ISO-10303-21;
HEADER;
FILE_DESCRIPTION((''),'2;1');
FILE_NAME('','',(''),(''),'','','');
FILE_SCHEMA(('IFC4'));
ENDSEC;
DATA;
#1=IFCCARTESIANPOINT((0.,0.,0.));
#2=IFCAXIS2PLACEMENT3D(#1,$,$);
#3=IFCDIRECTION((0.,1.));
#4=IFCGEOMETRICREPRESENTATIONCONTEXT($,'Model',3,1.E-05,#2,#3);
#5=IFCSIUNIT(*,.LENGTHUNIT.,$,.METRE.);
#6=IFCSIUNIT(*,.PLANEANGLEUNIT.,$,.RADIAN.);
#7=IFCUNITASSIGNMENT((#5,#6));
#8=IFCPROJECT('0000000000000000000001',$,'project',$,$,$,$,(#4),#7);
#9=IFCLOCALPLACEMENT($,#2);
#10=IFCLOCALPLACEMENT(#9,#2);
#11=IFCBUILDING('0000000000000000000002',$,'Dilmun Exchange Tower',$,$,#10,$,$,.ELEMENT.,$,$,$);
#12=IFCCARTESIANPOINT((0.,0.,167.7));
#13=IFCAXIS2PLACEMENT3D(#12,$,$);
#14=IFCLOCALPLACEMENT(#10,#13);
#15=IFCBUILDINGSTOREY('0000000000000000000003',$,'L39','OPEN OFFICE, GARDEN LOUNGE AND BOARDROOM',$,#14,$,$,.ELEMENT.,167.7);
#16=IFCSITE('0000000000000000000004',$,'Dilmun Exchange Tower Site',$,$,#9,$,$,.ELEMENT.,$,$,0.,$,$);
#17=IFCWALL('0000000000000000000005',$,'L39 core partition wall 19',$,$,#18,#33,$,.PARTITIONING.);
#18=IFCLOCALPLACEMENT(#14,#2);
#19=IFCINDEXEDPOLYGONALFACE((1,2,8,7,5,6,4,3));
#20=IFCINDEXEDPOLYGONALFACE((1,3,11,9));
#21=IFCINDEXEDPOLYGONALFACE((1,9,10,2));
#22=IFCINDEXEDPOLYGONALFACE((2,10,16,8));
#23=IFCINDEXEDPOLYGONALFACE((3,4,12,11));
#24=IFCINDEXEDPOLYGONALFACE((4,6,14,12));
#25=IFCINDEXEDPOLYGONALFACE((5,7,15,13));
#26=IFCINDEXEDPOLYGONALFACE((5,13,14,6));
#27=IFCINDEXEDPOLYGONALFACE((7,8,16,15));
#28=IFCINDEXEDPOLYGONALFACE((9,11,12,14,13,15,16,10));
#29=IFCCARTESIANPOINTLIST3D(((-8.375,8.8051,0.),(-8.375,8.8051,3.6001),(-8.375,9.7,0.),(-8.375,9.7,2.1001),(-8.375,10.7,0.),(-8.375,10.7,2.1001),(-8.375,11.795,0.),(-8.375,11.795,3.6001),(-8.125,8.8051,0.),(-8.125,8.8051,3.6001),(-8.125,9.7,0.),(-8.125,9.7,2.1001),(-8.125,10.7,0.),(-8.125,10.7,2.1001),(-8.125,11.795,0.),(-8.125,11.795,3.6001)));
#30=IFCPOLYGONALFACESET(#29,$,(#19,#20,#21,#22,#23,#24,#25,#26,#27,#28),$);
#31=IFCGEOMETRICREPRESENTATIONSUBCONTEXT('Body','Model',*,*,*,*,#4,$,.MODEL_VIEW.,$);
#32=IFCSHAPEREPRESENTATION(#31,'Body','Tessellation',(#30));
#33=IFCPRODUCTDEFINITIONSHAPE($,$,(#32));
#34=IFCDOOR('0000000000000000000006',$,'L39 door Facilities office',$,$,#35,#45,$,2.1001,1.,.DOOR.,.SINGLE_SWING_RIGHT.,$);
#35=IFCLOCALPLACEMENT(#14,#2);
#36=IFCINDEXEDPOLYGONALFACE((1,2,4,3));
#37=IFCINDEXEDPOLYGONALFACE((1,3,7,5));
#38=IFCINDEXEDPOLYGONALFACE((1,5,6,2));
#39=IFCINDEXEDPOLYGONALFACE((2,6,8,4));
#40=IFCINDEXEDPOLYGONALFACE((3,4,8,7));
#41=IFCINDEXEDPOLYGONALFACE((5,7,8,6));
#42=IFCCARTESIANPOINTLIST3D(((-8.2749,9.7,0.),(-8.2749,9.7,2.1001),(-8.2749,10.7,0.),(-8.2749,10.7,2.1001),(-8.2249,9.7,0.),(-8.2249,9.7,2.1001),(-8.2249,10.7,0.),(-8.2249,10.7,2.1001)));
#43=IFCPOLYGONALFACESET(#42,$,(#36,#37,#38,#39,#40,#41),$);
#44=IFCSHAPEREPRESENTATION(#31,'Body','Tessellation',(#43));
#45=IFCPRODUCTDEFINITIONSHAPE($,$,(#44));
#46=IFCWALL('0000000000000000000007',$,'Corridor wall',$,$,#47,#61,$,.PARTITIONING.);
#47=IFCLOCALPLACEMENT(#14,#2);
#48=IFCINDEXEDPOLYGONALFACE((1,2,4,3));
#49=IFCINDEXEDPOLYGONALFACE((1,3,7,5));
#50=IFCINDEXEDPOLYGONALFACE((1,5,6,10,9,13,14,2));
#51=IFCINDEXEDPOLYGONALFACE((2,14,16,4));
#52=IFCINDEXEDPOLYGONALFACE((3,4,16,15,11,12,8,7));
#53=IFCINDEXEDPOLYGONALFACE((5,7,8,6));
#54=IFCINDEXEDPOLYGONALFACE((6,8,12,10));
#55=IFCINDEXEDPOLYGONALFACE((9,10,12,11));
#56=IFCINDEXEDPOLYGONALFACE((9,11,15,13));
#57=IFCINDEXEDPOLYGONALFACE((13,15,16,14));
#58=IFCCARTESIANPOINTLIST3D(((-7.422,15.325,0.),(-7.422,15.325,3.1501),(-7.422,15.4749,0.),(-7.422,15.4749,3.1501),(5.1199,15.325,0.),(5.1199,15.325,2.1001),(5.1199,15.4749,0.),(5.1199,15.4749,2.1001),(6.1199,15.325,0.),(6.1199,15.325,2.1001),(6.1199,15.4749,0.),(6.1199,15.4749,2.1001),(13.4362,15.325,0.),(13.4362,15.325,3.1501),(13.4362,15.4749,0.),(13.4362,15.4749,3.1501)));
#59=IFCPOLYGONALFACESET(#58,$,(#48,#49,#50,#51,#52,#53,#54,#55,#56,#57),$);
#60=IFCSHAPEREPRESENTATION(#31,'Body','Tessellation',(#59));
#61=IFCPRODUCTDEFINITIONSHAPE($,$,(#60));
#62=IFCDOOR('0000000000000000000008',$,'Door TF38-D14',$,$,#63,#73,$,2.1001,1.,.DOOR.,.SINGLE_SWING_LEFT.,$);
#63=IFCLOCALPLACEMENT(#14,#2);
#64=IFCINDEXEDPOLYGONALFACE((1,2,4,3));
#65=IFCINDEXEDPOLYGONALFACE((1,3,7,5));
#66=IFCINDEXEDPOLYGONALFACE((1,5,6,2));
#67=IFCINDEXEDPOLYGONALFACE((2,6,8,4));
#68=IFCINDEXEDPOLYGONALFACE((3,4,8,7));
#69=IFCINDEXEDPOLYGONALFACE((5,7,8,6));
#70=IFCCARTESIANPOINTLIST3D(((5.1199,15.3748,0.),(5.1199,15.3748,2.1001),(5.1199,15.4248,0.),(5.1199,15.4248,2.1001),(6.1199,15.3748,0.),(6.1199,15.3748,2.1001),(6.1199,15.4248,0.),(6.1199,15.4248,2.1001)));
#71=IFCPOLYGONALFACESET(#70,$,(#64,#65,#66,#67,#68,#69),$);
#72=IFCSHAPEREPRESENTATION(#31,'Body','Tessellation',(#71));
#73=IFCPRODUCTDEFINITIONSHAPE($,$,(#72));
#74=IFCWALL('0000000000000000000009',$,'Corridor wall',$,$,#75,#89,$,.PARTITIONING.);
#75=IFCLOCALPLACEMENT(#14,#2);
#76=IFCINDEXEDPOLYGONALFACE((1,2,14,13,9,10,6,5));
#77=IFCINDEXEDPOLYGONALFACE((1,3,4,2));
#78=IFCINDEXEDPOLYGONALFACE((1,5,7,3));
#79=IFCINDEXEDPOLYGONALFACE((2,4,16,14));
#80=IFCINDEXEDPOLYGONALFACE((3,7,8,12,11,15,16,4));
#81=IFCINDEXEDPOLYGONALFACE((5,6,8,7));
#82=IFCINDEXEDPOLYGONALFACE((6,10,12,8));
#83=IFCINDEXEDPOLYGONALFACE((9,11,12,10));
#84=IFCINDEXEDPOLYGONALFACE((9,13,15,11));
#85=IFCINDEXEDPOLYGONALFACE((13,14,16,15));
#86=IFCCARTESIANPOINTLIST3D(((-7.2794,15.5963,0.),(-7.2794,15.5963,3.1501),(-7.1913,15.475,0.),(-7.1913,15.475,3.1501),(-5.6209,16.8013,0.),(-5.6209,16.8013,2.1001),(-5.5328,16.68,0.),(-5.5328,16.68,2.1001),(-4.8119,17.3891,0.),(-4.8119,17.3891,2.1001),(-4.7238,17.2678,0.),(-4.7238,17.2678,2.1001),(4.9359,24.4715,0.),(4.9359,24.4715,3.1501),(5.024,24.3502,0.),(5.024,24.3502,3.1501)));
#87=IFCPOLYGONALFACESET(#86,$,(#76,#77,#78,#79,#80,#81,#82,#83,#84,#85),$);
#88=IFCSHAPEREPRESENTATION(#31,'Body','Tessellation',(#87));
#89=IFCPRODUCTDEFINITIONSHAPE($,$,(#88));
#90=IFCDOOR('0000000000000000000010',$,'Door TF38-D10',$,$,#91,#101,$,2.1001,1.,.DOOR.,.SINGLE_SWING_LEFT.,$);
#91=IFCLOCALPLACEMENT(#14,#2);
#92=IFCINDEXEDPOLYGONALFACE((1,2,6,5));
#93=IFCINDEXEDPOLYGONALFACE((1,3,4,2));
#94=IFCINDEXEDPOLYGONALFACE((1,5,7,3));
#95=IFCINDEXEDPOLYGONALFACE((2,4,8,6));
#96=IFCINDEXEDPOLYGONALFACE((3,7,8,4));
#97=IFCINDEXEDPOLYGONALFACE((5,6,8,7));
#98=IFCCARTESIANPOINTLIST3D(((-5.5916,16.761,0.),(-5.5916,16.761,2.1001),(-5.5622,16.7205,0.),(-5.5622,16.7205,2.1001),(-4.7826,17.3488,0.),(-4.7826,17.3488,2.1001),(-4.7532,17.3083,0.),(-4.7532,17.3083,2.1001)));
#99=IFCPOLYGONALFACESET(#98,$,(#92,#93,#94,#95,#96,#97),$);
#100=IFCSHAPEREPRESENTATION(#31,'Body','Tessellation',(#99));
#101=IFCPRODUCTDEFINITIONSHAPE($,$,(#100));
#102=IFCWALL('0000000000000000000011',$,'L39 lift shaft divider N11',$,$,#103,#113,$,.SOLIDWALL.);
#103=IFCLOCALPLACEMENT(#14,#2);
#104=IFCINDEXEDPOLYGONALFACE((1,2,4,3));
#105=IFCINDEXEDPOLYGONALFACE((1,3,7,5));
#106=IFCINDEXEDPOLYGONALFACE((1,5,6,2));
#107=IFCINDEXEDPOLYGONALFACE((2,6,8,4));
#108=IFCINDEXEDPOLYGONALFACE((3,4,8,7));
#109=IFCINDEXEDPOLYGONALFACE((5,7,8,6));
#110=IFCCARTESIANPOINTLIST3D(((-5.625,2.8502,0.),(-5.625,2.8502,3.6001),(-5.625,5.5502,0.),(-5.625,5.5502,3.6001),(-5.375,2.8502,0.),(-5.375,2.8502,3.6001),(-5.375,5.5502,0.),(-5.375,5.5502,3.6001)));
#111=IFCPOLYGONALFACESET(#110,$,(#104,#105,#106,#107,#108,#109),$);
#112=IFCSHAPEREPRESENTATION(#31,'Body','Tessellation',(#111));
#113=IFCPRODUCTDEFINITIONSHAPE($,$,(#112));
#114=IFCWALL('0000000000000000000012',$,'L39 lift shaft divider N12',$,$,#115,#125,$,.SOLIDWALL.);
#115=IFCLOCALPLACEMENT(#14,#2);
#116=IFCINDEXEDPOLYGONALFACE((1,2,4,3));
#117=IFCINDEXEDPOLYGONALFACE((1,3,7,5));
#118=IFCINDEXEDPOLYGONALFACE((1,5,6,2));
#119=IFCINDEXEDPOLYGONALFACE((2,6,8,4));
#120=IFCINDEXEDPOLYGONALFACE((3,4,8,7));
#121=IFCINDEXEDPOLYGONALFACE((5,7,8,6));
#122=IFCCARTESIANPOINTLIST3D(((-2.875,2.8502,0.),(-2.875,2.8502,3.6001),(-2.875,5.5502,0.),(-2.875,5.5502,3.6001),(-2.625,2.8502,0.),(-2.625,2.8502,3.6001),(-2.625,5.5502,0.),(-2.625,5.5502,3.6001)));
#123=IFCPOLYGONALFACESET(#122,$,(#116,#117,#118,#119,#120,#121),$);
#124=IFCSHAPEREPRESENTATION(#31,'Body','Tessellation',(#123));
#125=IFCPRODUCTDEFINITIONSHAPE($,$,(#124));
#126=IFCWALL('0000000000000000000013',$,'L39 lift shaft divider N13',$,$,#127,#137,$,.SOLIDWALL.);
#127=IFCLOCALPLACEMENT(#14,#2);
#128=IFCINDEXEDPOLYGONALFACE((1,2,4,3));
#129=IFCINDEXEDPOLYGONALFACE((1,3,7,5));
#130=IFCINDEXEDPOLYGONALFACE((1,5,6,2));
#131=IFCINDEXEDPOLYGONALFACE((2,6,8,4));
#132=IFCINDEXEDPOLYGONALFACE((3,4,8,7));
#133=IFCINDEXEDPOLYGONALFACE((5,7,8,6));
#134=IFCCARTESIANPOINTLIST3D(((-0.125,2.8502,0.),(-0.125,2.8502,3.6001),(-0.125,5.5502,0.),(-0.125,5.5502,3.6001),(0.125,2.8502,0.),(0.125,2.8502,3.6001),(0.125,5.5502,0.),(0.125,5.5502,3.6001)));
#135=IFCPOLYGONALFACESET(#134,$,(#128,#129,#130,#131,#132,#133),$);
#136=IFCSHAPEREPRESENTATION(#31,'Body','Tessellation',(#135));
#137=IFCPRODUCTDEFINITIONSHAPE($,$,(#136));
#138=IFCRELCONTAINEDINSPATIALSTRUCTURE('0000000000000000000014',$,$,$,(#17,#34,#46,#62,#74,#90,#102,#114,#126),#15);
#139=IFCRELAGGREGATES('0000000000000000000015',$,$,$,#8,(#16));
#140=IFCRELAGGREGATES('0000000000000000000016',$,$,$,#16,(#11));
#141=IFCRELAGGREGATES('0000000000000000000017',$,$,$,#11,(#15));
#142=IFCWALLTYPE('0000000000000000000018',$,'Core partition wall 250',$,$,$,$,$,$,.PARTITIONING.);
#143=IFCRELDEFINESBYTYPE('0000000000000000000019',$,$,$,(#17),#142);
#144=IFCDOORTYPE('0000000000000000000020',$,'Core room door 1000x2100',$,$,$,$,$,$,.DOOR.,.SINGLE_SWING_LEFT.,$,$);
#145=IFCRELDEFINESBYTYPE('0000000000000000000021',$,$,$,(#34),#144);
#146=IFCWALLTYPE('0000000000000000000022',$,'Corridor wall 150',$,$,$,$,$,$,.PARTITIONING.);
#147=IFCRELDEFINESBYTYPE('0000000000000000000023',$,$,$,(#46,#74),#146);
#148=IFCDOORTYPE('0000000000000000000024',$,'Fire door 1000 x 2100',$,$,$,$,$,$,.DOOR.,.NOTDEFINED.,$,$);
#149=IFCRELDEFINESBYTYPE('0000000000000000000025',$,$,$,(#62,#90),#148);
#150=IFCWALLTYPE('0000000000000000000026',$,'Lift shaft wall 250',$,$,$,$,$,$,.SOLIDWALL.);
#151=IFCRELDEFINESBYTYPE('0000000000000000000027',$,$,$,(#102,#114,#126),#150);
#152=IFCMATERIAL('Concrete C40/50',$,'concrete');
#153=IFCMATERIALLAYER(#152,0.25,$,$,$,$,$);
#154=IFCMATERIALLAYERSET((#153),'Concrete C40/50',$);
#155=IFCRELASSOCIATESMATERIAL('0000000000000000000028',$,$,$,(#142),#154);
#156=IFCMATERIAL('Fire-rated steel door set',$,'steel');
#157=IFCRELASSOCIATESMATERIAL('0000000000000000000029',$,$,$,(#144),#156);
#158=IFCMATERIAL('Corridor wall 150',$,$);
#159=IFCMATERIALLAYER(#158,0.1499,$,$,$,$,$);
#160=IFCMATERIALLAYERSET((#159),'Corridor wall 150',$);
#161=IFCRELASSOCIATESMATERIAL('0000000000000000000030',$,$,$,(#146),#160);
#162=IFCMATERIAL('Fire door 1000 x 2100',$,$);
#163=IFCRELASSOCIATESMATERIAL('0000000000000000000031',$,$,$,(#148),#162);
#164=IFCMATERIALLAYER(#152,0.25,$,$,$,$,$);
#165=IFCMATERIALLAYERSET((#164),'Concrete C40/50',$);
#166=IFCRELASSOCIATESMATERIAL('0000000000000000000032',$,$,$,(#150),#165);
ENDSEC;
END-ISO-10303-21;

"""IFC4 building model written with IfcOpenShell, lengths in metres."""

from ifc_helpers import new_model, si_unit, direction, frame, frame_2d, origin, place, context, subcontext, project, spatial, rectangle, extrude, material, layer, layer_set, type_object, element, fill, save


model = new_model("IFC4")

# Units and contexts
model_context = context("Model", 3, precision=1e-05, world=origin(), true_north=direction((0.0, 1.0)))
body_context = subcontext(model_context, "Body", "Model", "MODEL_VIEW")
ifc_project = project(units=[si_unit("LENGTHUNIT", "METRE"), si_unit("PLANEANGLEUNIT", "RADIAN")], contexts=[model_context])

# Site, building, storey
site_placement = place(None, origin())
site = spatial("IfcSite", under=ifc_project, at=site_placement, Name="Dilmun Exchange Tower Site", CompositionType="ELEMENT", RefElevation=0.0)
building_placement = place(site_placement, origin())
building = spatial("IfcBuilding", under=site, at=building_placement, Name="Dilmun Exchange Tower", CompositionType="ELEMENT")
storey_placement = place(building_placement, frame((0.0, 0.0, 167.7)))
storey = spatial("IfcBuildingStorey", under=building, at=storey_placement, Name="L39", Description="OPEN OFFICE, GARDEN LOUNGE AND BOARDROOM", CompositionType="ELEMENT", Elevation=167.7)

# Shared definitions
ifc_material_1 = material(Name="Concrete C40/50", Category="concrete")

# Shared definitions
ifc_layer_1 = layer(ifc_material_1, 0.25)
ifc_layer_set_1 = layer_set([ifc_layer_1], Name="Concrete C40/50")
wall_type_1 = type_object("IfcWallType", Name="Core partition wall 250", PredefinedType="PARTITIONING", material=ifc_layer_set_1)

# Walls, openings, doors
wall_1_placement = place(storey_placement, frame((-8.25, 8.8049, 0.0), z_axis=(0.0, 0.0, 1.0), x_axis=(0.0, 1.0, 0.0)))
wall_1 = element("IfcWall", 1, at=wall_1_placement, inside=storey, type_object=wall_type_1, Name="L39 core partition wall 19", PredefinedType="PARTITIONING", context=body_context, shape_type="SweptSolid", body=[
    extrude(rectangle(XDim=2.99, YDim=0.25, at=frame_2d((1.4951, 0.0))), origin(), (0.0, 0.0, 1.0), 3.6001),
])
opening_1_placement = place(wall_1_placement, frame((0.895, 0.0, 0.0)))
opening_1 = element("IfcOpeningElement", 2, at=opening_1_placement, cuts=wall_1, PredefinedType="OPENING", context=body_context, shape_type="SweptSolid", body=[
    extrude(rectangle(XDim=1.0, YDim=2.1001, at=frame_2d((0.5, 1.05))), frame((0.0, 0.135, 0.0), z_axis=(0.0, -1.0, 0.0), x_axis=(1.0, 0.0, 0.0)), (0.0, 0.0, 1.0), 0.27),
])
ifc_material_2 = material(Name="Fire-rated steel door set", Category="steel")
door_type_1 = type_object("IfcDoorType", Name="Core room door 1000x2100", OperationType="SINGLE_SWING_LEFT", PredefinedType="DOOR", material=ifc_material_2)
door_1_placement = place(opening_1_placement, origin())
door_1 = element("IfcDoor", 3, at=door_1_placement, inside=storey, type_object=door_type_1, Name="L39 door Facilities office", OperationType="SINGLE_SWING_RIGHT", OverallHeight=2.1001, OverallWidth=1.0, PredefinedType="DOOR", context=body_context, shape_type="SweptSolid", body=[
    extrude(rectangle(XDim=1.0, YDim=2.1001, at=frame_2d((0.5, 1.05))), frame((0.0, 0.0249, 0.0), z_axis=(0.0, -1.0, 0.0), x_axis=(1.0, 0.0, 0.0)), (0.0, 0.0, 1.0), 0.05),
])
fill(opening_1, door_1)
ifc_material_3 = material(Name="Corridor wall 150")
ifc_layer_2 = layer(ifc_material_3, 0.1499)
ifc_layer_set_2 = layer_set([ifc_layer_2], Name="Corridor wall 150")
wall_type_2 = type_object("IfcWallType", Name="Corridor wall 150", PredefinedType="PARTITIONING", material=ifc_layer_set_2)
wall_2_placement = place(storey_placement, frame((-7.4221, 15.3999, 0.0), z_axis=(0.0, 0.0, 1.0), x_axis=(1.0, 0.0, 0.0)))
wall_2 = element("IfcWall", 4, at=wall_2_placement, inside=storey, type_object=wall_type_2, Name="Corridor wall", PredefinedType="PARTITIONING", context=body_context, shape_type="SweptSolid", body=[
    extrude(rectangle(XDim=20.8582, YDim=0.1499, at=frame_2d((10.4292, 0.0))), origin(), (0.0, 0.0, 1.0), 3.1501),
])
opening_2_placement = place(wall_2_placement, frame((12.542, 0.0, 0.0)))
opening_2 = element("IfcOpeningElement", 5, at=opening_2_placement, cuts=wall_2, PredefinedType="OPENING", context=body_context, shape_type="SweptSolid", body=[
    extrude(rectangle(XDim=1.0, YDim=2.1001, at=frame_2d((0.5, 1.05))), frame((0.0, 0.085, 0.0), z_axis=(0.0, -1.0, 0.0), x_axis=(1.0, 0.0, 0.0)), (0.0, 0.0, 1.0), 0.1699),
])
ifc_material_4 = material(Name="Fire door 1000 x 2100")
door_type_2 = type_object("IfcDoorType", Name="Fire door 1000 x 2100", OperationType="NOTDEFINED", PredefinedType="DOOR", material=ifc_material_4)
door_2_placement = place(opening_2_placement, origin())
door_2 = element("IfcDoor", 6, at=door_2_placement, inside=storey, type_object=door_type_2, Name="Door TF38-D14", OperationType="SINGLE_SWING_LEFT", OverallHeight=2.1001, OverallWidth=1.0, PredefinedType="DOOR", context=body_context, shape_type="SweptSolid", body=[
    extrude(rectangle(XDim=1.0, YDim=2.1001, at=frame_2d((0.5, 1.05))), frame((0.0, 0.0249, 0.0), z_axis=(0.0, -1.0, 0.0), x_axis=(1.0, 0.0, 0.0)), (0.0, 0.0, 1.0), 0.05),
])
fill(opening_2, door_2)
wall_3_placement = place(storey_placement, frame((-7.2354, 15.5356, 0.0), z_axis=(0.0, 0.0, 1.0), x_axis=(0.809008, 0.587798, 0.0)))
wall_3 = element("IfcWall", 7, at=wall_3_placement, inside=storey, type_object=wall_type_2, Name="Corridor wall", PredefinedType="PARTITIONING", context=body_context, shape_type="SweptSolid", body=[
    extrude(rectangle(XDim=15.0991, YDim=0.1499, at=frame_2d((7.5496, 0.0))), origin(), (0.0, 0.0, 1.0), 3.1501),
])
opening_3_placement = place(wall_3_placement, frame((2.05, 0.0, 0.0)))
opening_3 = element("IfcOpeningElement", 8, at=opening_3_placement, cuts=wall_3, PredefinedType="OPENING", context=body_context, shape_type="SweptSolid", body=[
    extrude(rectangle(XDim=1.0, YDim=2.1001, at=frame_2d((0.5, 1.05))), frame((0.0, 0.085, 0.0), z_axis=(0.0, -1.0, 0.0), x_axis=(1.0, 0.0, 0.0)), (0.0, 0.0, 1.0), 0.1699),
])
door_3_placement = place(opening_3_placement, frame((1.0, 0.0, 0.0), z_axis=(0.0, 0.0, 1.0), x_axis=(-1.0, 0.0, 0.0)))
door_3 = element("IfcDoor", 9, at=door_3_placement, inside=storey, type_object=door_type_2, Name="Door TF38-D10", OperationType="SINGLE_SWING_LEFT", OverallHeight=2.1001, OverallWidth=1.0, PredefinedType="DOOR", context=body_context, shape_type="SweptSolid", body=[
    extrude(rectangle(XDim=1.0, YDim=2.1001, at=frame_2d((0.5, 1.05))), frame((0.0, 0.0249, 0.0), z_axis=(0.0, -1.0, 0.0), x_axis=(1.0, 0.0, 0.0)), (0.0, 0.0, 1.0), 0.05),
])
fill(opening_3, door_3)

# Walls
ifc_layer_3 = layer(ifc_material_1, 0.25)
ifc_layer_set_3 = layer_set([ifc_layer_3], Name="Concrete C40/50")
wall_type_3 = type_object("IfcWallType", Name="Lift shaft wall 250", PredefinedType="SOLIDWALL", material=ifc_layer_set_3)
for number, where, z_axis, x_axis, name in (
    (10, (-5.5, 2.8501, 0.0), (0.0, 0.0, 1.0), (0.0, 1.0, 0.0), "L39 lift shaft divider N11"),
    (11, (-2.75, 2.8501, 0.0), (0.0, 0.0, 1.0), (0.0, 1.0, 0.0), "L39 lift shaft divider N12"),
    (12, (0.0, 2.8501, 0.0), (0.0, 0.0, 1.0), (0.0, 1.0, 0.0), "L39 lift shaft divider N13"),
):
    element("IfcWall", number, at=place(storey_placement, frame(where, z_axis=z_axis, x_axis=x_axis)), inside=storey, type_object=wall_type_3, Name=name, PredefinedType="SOLIDWALL", context=body_context, shape_type="SweptSolid", body=[
        extrude(rectangle(XDim=2.7, YDim=0.25, at=frame_2d((1.3501, 0.0))), origin(), (0.0, 0.0, 1.0), 3.6001),
    ])

save(model, "model.ifc")
